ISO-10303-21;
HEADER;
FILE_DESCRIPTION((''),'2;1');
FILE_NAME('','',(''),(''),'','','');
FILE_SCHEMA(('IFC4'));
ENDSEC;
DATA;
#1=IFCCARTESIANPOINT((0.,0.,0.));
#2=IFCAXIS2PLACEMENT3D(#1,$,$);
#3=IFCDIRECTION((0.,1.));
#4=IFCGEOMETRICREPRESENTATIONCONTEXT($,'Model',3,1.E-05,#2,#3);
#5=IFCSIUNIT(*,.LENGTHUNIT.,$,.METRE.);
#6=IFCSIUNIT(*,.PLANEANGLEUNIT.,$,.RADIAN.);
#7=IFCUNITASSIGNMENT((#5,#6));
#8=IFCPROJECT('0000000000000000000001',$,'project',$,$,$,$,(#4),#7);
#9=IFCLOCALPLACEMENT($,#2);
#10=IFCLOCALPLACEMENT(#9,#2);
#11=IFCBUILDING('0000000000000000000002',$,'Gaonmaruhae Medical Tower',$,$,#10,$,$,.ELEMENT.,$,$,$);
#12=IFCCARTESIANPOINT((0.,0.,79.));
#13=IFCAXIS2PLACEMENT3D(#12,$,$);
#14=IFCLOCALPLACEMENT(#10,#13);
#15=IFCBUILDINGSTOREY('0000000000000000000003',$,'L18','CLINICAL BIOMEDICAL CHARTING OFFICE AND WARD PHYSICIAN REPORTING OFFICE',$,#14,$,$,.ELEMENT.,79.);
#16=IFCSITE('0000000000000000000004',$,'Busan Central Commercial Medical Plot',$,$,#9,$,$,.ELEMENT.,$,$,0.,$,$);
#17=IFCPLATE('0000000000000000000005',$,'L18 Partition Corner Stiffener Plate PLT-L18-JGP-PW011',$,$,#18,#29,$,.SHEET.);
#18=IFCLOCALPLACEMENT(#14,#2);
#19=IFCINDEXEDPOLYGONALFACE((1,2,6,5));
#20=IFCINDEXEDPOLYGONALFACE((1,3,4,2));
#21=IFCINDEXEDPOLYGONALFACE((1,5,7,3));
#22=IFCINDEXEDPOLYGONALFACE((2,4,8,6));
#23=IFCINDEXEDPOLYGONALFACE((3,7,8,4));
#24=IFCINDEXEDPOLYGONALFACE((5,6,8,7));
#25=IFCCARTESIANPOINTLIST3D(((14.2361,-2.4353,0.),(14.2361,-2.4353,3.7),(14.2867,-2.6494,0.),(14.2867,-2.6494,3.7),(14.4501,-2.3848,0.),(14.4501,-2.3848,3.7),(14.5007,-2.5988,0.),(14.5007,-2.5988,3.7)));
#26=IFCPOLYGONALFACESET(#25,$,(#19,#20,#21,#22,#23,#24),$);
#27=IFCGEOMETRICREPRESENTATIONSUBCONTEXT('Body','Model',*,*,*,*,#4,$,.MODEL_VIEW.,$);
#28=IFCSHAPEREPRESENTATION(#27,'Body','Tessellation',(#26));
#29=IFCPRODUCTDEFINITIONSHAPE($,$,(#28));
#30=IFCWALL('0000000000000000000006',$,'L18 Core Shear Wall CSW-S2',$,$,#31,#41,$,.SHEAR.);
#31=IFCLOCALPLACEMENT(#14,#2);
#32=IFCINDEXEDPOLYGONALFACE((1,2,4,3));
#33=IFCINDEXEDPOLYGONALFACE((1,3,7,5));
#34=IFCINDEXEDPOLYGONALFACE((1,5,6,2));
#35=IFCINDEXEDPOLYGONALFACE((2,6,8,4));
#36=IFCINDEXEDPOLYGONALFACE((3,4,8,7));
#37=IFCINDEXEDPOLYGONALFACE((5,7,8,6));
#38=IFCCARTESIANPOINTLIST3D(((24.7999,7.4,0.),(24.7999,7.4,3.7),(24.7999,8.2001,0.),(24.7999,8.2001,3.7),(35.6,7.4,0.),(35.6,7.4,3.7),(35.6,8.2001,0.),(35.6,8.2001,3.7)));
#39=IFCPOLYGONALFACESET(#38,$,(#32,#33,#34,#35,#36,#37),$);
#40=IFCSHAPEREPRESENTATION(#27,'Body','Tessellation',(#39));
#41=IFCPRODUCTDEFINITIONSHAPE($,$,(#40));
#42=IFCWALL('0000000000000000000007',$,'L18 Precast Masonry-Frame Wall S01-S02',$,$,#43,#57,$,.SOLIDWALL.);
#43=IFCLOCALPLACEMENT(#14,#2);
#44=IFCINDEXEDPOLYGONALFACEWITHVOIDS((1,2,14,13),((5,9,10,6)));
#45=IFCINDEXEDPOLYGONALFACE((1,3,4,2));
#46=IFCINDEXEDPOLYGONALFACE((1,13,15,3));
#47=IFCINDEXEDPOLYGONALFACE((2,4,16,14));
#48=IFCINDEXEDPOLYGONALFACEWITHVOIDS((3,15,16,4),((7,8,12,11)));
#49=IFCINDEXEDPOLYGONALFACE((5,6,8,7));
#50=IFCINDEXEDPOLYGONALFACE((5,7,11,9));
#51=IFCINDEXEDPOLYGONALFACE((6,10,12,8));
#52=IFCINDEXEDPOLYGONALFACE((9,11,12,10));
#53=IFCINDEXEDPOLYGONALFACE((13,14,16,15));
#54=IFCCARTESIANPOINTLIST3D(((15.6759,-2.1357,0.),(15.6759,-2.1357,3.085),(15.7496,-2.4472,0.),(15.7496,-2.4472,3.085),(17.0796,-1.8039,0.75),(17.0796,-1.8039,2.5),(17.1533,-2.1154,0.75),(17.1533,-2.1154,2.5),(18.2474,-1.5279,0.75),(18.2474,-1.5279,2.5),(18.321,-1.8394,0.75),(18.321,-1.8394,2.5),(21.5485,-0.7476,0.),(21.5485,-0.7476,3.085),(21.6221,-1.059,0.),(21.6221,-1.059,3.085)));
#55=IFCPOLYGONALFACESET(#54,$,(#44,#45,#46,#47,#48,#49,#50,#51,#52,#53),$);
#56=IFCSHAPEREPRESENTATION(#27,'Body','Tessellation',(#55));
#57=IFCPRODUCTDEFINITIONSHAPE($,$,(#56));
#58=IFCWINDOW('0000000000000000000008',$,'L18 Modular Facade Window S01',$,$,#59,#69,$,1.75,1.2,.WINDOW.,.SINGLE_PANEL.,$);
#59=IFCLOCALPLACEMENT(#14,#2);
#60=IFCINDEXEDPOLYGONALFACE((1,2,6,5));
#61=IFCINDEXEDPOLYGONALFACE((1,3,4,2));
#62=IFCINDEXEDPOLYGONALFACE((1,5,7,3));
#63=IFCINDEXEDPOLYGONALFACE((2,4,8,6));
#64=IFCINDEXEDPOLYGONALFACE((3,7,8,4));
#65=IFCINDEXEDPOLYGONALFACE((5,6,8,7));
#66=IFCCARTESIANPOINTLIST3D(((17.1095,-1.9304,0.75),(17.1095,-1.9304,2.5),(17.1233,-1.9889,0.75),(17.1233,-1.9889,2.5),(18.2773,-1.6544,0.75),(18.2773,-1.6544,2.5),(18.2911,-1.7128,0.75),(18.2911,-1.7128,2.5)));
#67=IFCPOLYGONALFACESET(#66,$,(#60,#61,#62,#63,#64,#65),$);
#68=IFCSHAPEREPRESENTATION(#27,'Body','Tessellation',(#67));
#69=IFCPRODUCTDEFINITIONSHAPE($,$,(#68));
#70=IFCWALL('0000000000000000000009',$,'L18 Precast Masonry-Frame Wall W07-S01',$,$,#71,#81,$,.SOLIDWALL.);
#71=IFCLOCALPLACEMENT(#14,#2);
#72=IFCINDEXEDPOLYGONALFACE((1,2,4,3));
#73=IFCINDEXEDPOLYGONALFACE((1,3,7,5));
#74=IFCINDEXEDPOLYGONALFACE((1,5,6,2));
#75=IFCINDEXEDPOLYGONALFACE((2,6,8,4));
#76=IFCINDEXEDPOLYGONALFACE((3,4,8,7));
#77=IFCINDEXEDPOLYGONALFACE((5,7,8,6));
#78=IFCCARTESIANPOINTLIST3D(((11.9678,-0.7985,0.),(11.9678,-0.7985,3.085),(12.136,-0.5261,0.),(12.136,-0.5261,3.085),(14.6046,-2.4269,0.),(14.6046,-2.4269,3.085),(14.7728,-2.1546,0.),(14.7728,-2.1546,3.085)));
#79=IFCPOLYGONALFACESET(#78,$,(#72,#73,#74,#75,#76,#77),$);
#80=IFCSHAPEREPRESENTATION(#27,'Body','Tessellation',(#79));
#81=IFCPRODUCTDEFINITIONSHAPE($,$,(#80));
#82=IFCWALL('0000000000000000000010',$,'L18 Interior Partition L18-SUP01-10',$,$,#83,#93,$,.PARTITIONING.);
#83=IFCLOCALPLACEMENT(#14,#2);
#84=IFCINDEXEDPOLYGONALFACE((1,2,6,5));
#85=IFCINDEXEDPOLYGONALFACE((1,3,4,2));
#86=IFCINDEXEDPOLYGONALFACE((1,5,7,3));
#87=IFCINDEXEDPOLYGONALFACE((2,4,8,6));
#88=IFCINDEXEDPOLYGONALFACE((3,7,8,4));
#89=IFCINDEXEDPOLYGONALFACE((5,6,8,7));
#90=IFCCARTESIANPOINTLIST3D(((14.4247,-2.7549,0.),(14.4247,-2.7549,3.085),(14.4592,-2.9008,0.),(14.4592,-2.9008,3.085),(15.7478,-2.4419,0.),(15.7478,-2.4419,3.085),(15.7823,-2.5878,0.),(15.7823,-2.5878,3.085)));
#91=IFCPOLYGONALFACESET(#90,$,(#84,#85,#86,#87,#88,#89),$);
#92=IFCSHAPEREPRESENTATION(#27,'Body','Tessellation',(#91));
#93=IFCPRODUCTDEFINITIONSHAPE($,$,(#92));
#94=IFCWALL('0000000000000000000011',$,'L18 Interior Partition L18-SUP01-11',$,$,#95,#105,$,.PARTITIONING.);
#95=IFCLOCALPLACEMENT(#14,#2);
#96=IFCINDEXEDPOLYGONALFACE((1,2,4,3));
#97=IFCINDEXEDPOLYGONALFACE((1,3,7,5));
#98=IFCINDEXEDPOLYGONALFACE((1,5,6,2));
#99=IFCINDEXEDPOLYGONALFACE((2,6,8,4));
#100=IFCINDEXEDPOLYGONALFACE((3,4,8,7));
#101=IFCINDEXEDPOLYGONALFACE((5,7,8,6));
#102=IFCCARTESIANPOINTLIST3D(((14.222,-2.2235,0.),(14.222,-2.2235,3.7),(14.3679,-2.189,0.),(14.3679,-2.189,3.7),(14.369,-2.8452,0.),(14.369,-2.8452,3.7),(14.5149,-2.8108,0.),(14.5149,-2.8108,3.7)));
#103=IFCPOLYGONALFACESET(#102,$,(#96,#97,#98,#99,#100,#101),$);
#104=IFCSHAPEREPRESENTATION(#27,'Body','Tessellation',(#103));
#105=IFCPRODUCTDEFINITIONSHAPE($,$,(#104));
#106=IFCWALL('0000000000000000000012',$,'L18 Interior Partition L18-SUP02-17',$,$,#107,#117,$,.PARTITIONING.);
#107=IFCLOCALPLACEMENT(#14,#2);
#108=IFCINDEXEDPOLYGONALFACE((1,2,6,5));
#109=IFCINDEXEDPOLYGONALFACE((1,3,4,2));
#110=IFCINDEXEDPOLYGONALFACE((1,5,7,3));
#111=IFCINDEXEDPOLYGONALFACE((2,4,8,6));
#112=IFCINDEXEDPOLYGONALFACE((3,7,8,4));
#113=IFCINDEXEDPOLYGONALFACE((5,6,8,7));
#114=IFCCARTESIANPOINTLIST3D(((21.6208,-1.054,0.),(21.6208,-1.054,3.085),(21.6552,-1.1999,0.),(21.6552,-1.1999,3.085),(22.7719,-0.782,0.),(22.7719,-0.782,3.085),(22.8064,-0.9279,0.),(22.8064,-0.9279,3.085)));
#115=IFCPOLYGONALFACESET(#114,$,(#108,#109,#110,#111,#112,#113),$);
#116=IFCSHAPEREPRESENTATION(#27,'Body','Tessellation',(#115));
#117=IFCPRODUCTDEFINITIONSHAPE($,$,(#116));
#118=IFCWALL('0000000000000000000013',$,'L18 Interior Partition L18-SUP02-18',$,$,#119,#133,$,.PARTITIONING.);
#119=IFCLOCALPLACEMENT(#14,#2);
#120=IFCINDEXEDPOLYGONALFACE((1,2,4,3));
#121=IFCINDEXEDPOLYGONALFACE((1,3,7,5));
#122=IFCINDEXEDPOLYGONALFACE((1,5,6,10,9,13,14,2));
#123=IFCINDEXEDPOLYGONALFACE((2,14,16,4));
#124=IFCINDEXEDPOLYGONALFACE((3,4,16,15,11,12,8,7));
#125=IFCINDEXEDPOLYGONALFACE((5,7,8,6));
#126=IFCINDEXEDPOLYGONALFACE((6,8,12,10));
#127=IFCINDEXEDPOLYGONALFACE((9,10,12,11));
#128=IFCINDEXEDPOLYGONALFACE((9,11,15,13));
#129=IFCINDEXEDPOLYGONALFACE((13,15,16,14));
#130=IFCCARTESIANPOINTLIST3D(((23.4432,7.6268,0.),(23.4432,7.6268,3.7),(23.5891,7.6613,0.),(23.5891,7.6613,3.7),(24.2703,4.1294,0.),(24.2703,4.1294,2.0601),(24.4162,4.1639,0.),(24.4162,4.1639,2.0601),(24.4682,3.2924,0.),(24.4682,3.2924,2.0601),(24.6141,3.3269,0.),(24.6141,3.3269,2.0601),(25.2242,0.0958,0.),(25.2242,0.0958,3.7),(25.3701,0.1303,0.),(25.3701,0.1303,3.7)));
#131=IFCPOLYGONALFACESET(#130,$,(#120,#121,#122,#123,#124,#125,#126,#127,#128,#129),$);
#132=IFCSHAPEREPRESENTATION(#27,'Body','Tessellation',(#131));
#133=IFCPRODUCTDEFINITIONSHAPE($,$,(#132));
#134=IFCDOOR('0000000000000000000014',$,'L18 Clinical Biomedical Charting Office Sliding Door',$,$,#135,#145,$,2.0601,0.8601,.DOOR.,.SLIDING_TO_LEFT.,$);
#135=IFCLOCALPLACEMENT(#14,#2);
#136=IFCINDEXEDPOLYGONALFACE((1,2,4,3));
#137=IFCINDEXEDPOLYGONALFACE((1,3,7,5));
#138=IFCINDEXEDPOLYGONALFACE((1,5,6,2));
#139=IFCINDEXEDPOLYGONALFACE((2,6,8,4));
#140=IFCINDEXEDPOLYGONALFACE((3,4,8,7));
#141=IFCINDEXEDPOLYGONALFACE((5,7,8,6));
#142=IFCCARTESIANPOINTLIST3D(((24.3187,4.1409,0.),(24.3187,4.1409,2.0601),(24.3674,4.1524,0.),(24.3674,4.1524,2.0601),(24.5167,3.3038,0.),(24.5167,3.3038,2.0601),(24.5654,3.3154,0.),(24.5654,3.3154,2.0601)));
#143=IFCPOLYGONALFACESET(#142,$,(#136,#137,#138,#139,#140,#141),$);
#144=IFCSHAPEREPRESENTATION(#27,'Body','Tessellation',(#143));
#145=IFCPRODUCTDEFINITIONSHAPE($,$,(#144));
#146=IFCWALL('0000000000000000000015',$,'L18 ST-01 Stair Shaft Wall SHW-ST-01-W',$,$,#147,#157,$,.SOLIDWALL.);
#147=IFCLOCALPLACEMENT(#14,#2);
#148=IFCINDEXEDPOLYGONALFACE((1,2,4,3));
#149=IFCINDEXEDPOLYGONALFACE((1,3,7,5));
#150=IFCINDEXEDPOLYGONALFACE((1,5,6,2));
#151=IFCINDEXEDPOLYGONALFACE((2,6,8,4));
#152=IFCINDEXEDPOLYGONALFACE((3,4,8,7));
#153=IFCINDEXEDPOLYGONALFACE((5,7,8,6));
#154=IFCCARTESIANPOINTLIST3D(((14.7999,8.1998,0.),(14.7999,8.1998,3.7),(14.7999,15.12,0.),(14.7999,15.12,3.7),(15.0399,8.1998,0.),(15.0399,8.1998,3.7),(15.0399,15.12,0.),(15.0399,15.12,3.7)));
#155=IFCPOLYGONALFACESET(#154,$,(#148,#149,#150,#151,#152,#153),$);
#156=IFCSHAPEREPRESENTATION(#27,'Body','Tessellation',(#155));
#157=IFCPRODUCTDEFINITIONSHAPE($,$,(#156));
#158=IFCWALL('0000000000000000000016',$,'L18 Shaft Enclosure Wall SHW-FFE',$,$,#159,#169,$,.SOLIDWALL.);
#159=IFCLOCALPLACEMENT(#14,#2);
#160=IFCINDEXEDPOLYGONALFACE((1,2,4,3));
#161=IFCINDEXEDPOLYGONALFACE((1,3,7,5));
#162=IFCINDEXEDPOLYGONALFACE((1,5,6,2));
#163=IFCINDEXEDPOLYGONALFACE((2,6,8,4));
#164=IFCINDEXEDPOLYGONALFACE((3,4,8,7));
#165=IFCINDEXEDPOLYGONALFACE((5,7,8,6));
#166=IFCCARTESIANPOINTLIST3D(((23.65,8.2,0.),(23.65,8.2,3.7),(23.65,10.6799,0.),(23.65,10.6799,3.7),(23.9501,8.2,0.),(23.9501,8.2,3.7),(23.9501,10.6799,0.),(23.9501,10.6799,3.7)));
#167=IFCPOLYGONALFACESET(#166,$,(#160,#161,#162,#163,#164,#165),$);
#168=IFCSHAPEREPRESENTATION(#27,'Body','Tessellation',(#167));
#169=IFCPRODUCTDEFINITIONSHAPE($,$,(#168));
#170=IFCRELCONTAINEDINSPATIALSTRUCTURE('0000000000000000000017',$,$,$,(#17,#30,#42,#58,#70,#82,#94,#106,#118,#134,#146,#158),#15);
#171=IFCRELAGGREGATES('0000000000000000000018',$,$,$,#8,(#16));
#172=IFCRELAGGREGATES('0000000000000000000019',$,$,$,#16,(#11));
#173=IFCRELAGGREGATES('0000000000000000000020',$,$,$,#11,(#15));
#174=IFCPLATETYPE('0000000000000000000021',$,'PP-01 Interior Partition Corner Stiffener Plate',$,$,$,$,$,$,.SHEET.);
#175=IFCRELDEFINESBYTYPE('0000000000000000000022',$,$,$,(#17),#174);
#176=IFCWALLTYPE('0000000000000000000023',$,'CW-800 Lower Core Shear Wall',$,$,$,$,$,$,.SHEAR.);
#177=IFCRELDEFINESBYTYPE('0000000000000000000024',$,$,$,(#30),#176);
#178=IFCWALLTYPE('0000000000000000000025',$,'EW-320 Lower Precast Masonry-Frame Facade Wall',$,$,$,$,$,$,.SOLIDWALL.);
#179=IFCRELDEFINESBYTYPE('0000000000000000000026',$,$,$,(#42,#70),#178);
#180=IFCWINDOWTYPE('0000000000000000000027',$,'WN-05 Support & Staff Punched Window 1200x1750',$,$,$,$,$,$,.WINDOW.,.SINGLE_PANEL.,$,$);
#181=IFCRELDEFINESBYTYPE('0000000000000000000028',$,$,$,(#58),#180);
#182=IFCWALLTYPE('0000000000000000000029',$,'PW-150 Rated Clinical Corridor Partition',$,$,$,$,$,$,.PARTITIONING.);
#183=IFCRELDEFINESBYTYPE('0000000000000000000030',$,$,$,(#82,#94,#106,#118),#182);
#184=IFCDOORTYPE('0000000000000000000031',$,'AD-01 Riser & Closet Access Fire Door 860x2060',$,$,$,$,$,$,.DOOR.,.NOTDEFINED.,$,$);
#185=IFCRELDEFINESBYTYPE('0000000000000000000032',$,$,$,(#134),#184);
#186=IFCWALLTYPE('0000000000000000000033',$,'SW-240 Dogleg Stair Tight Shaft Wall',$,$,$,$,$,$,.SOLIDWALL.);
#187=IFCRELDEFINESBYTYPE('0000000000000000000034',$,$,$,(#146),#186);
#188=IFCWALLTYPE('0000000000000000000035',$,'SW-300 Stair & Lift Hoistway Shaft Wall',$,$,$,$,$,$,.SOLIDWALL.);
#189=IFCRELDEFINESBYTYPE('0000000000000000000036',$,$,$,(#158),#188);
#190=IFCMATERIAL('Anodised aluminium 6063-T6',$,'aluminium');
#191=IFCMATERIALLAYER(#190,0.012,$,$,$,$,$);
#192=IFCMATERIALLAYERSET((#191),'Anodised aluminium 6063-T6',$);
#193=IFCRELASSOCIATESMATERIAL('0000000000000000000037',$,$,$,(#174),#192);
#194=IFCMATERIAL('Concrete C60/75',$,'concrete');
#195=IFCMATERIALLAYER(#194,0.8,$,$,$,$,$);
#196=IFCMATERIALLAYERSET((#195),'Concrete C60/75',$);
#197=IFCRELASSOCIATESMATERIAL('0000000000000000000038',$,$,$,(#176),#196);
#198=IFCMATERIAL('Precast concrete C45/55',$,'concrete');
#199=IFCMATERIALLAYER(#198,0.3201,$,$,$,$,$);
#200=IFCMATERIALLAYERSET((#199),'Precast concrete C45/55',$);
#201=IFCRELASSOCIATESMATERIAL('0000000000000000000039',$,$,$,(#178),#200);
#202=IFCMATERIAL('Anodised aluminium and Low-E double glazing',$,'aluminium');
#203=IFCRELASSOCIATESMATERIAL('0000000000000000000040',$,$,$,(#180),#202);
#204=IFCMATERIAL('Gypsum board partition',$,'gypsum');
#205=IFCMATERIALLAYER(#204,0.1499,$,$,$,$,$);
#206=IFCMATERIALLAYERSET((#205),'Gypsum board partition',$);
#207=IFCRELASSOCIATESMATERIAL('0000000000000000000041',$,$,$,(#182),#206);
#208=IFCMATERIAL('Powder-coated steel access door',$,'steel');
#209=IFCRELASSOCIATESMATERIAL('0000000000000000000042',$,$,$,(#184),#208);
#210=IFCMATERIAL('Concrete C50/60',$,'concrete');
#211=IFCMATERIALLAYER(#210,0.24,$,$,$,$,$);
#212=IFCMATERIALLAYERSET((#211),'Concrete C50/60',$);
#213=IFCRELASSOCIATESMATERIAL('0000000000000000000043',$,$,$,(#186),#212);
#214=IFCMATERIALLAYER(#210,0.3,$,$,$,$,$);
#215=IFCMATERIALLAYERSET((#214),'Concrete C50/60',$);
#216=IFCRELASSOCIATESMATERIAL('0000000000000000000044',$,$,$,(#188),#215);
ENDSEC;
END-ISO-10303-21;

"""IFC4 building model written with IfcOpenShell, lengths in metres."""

from ifc_helpers import new_model, si_unit, direction, frame, frame_2d, origin, origin_2d, place, context, subcontext, project, spatial, rectangle, extrude, material, layer, layer_set, type_object, element, fill, save


model = new_model("IFC4")

# Units and contexts
model_context = context("Model", 3, precision=1e-05, world=origin(), true_north=direction((0.0, 1.0)))
body_context = subcontext(model_context, "Body", "Model", "MODEL_VIEW")
ifc_project = project(units=[si_unit("LENGTHUNIT", "METRE"), si_unit("PLANEANGLEUNIT", "RADIAN")], contexts=[model_context])

# Site, building, storey
site_placement = place(None, origin())
site = spatial("IfcSite", under=ifc_project, at=site_placement, Name="Busan Central Commercial Medical Plot", CompositionType="ELEMENT", RefElevation=0.0)
building_placement = place(site_placement, origin())
building = spatial("IfcBuilding", under=site, at=building_placement, Name="Gaonmaruhae Medical Tower", CompositionType="ELEMENT")
storey_placement = place(building_placement, frame((0.0, 0.0, 79.0)))
storey = spatial("IfcBuildingStorey", under=building, at=storey_placement, Name="L18", Description="CLINICAL BIOMEDICAL CHARTING OFFICE AND WARD PHYSICIAN REPORTING OFFICE", CompositionType="ELEMENT", Elevation=79.0)

# Shared definitions
ifc_material_1 = material(Name="Concrete C60/75", Category="concrete")

# Plate
ifc_material_2 = material(Name="Anodised aluminium 6063-T6", Category="aluminium")
ifc_layer_1 = layer(ifc_material_2, 0.012)
ifc_layer_set_1 = layer_set([ifc_layer_1], Name="Anodised aluminium 6063-T6")
plate_type = type_object("IfcPlateType", Name="PP-01 Interior Partition Corner Stiffener Plate", PredefinedType="SHEET", material=ifc_layer_set_1)
plate_placement = place(storey_placement, frame((14.3684, -2.5171, 0.0), z_axis=(0.0, 0.0, 1.0), x_axis=(-0.229999, 0.973191, 0.0)))
element("IfcPlate", 1, at=plate_placement, inside=storey, type_object=plate_type, Name="L18 Partition Corner Stiffener Plate PLT-L18-JGP-PW011", PredefinedType="SHEET", context=body_context, shape_type="SweptSolid", body=[
    extrude(rectangle(XDim=0.22, YDim=0.22, at=origin_2d()), origin(), (0.0, 0.0, 1.0), 3.7),
])

# Wall
ifc_layer_2 = layer(ifc_material_1, 0.8)
ifc_layer_set_2 = layer_set([ifc_layer_2], Name="Concrete C60/75")
wall_type_1 = type_object("IfcWallType", Name="CW-800 Lower Core Shear Wall", PredefinedType="SHEAR", material=ifc_layer_set_2)
wall_1_placement = place(storey_placement, frame((24.8, 7.8, 0.0), z_axis=(0.0, 0.0, 1.0), x_axis=(1.0, 0.0, 0.0)))
element("IfcWall", 2, at=wall_1_placement, inside=storey, type_object=wall_type_1, Name="L18 Core Shear Wall CSW-S2", PredefinedType="SHEAR", context=body_context, shape_type="SweptSolid", body=[
    extrude(rectangle(XDim=10.8, YDim=0.8, at=frame_2d((5.3999, 0.0))), origin(), (0.0, 0.0, 1.0), 3.7),
])

# Wall, opening, window
ifc_material_3 = material(Name="Precast concrete C45/55", Category="concrete")
ifc_layer_3 = layer(ifc_material_3, 0.3201)
ifc_layer_set_3 = layer_set([ifc_layer_3], Name="Precast concrete C45/55")
wall_type_2 = type_object("IfcWallType", Name="EW-320 Lower Precast Masonry-Frame Facade Wall", PredefinedType="SOLIDWALL", material=ifc_layer_set_3)
wall_2_placement = place(storey_placement, frame((21.5852, -0.9033, 0.0), z_axis=(0.0, 0.0, 1.0), x_axis=(-0.97318, -0.230045, 0.0)))
wall_2 = element("IfcWall", 3, at=wall_2_placement, inside=storey, type_object=wall_type_2, Name="L18 Precast Masonry-Frame Wall S01-S02", PredefinedType="SOLIDWALL", context=body_context, shape_type="SweptSolid", body=[
    extrude(rectangle(XDim=6.0344, YDim=0.3201, at=frame_2d((3.0171, 0.0))), origin(), (0.0, 0.0, 1.0), 3.085),
])
opening_1_placement = place(wall_2_placement, frame((3.3918, 0.0, 0.75)))
opening_1 = element("IfcOpeningElement", 4, at=opening_1_placement, cuts=wall_2, PredefinedType="OPENING", context=body_context, shape_type="SweptSolid", body=[
    extrude(rectangle(XDim=1.2, YDim=1.75, at=frame_2d((0.6001, 0.875))), frame((0.0, 0.1699, 0.0), z_axis=(0.0, -1.0, 0.0), x_axis=(1.0, 0.0, 0.0)), (0.0, 0.0, 1.0), 0.3401),
])
ifc_material_4 = material(Name="Anodised aluminium and Low-E double glazing", Category="aluminium")
window_type = type_object("IfcWindowType", Name="WN-05 Support & Staff Punched Window 1200x1750", PartitioningType="SINGLE_PANEL", PredefinedType="WINDOW", material=ifc_material_4)
window_placement = place(opening_1_placement, origin())
window = element("IfcWindow", 5, at=window_placement, inside=storey, type_object=window_type, Name="L18 Modular Facade Window S01", OverallHeight=1.75, OverallWidth=1.2, PartitioningType="SINGLE_PANEL", PredefinedType="WINDOW", context=body_context, shape_type="SweptSolid", body=[
    extrude(rectangle(XDim=1.2, YDim=1.75, at=frame_2d((0.6001, 0.875))), frame((0.0, 0.03, 0.0), z_axis=(0.0, -1.0, 0.0), x_axis=(1.0, 0.0, 0.0)), (0.0, 0.0, 1.0), 0.0601),
])
fill(opening_1, window)

# Walls
wall_3_placement = place(storey_placement, frame((14.6887, -2.2908, 0.0), z_axis=(0.0, 0.0, 1.0), x_axis=(-0.850819, 0.525459, 0.0)))
element("IfcWall", 6, at=wall_3_placement, inside=storey, type_object=wall_type_2, Name="L18 Precast Masonry-Frame Wall W07-S01", PredefinedType="SOLIDWALL", context=body_context, shape_type="SweptSolid", body=[
    extrude(rectangle(XDim=3.0991, YDim=0.3201, at=frame_2d((1.5496, 0.0))), origin(), (0.0, 0.0, 1.0), 3.085),
])
ifc_material_5 = material(Name="Gypsum board partition", Category="gypsum")
ifc_layer_4 = layer(ifc_material_5, 0.1499)
ifc_layer_set_4 = layer_set([ifc_layer_4], Name="Gypsum board partition")
wall_type_3 = type_object("IfcWallType", Name="PW-150 Rated Clinical Corridor Partition", PredefinedType="PARTITIONING", material=ifc_layer_set_4)
wall_4_placement = place(storey_placement, frame((15.7649, -2.5149, 0.0), z_axis=(0.0, 0.0, 1.0), x_axis=(-0.973139, -0.23022, 0.0)))
element("IfcWall", 7, at=wall_4_placement, inside=storey, type_object=wall_type_3, Name="L18 Interior Partition L18-SUP01-10", PredefinedType="PARTITIONING", context=body_context, shape_type="SweptSolid", body=[
    extrude(rectangle(XDim=1.3596, YDim=0.1499, at=frame_2d((0.6797, 0.0))), origin(), (0.0, 0.0, 1.0), 3.085),
])
wall_5_placement = place(storey_placement, frame((14.4419, -2.8279, 0.0), z_axis=(0.0, 0.0, 1.0), x_axis=(-0.230019, 0.973186, 0.0)))
element("IfcWall", 8, at=wall_5_placement, inside=storey, type_object=wall_type_3, Name="L18 Interior Partition L18-SUP01-11", PredefinedType="PARTITIONING", context=body_context, shape_type="SweptSolid", body=[
    extrude(rectangle(XDim=0.6389, YDim=0.1499, at=frame_2d((0.3193, 0.0))), origin(), (0.0, 0.0, 1.0), 3.7),
])
wall_6_placement = place(storey_placement, frame((22.7891, -0.855, 0.0), z_axis=(0.0, 0.0, 1.0), x_axis=(-0.973206, -0.229937, 0.0)))
element("IfcWall", 9, at=wall_6_placement, inside=storey, type_object=wall_type_3, Name="L18 Interior Partition L18-SUP02-17", PredefinedType="PARTITIONING", context=body_context, shape_type="SweptSolid", body=[
    extrude(rectangle(XDim=1.1829, YDim=0.1499, at=frame_2d((0.5913, 0.0))), origin(), (0.0, 0.0, 1.0), 3.085),
])

# Wall, opening, door
wall_7_placement = place(storey_placement, frame((23.5161, 7.644, 0.0), z_axis=(0.0, 0.0, 1.0), x_axis=(0.230142, -0.973157, 0.0)))
wall_7 = element("IfcWall", 10, at=wall_7_placement, inside=storey, type_object=wall_type_3, Name="L18 Interior Partition L18-SUP02-18", PredefinedType="PARTITIONING", context=body_context, shape_type="SweptSolid", body=[
    extrude(rectangle(XDim=7.7388, YDim=0.1499, at=frame_2d((3.8694, 0.0))), origin(), (0.0, 0.0, 1.0), 3.7),
])
opening_2_placement = place(wall_7_placement, frame((3.5938, 0.0, 0.0)))
opening_2 = element("IfcOpeningElement", 11, at=opening_2_placement, cuts=wall_7, PredefinedType="OPENING", context=body_context, shape_type="SweptSolid", body=[
    extrude(rectangle(XDim=0.8601, YDim=2.0601, at=frame_2d((0.4302, 1.03))), frame((0.0, 0.085, 0.0), z_axis=(0.0, -1.0, 0.0), x_axis=(1.0, 0.0, 0.0)), (0.0, 0.0, 1.0), 0.1699),
])
ifc_material_6 = material(Name="Powder-coated steel access door", Category="steel")
door_type = type_object("IfcDoorType", Name="AD-01 Riser & Closet Access Fire Door 860x2060", OperationType="NOTDEFINED", PredefinedType="DOOR", material=ifc_material_6)
door_placement = place(opening_2_placement, origin())
door = element("IfcDoor", 12, at=door_placement, inside=storey, type_object=door_type, Name="L18 Clinical Biomedical Charting Office Sliding Door", OperationType="SLIDING_TO_LEFT", OverallHeight=2.0601, OverallWidth=0.8601, PredefinedType="DOOR", context=body_context, shape_type="SweptSolid", body=[
    extrude(rectangle(XDim=0.8601, YDim=2.0601, at=frame_2d((0.4302, 1.03))), frame((0.0, 0.0249, 0.0), z_axis=(0.0, -1.0, 0.0), x_axis=(1.0, 0.0, 0.0)), (0.0, 0.0, 1.0), 0.05),
])
fill(opening_2, door)

# Walls
ifc_material_7 = material(Name="Concrete C50/60", Category="concrete")
ifc_layer_5 = layer(ifc_material_7, 0.24)
ifc_layer_set_5 = layer_set([ifc_layer_5], Name="Concrete C50/60")
wall_type_4 = type_object("IfcWallType", Name="SW-240 Dogleg Stair Tight Shaft Wall", PredefinedType="SOLIDWALL", material=ifc_layer_set_5)
wall_8_placement = place(storey_placement, frame((14.9199, 8.2, 0.0), z_axis=(0.0, 0.0, 1.0), x_axis=(0.0, 1.0, 0.0)))
element("IfcWall", 13, at=wall_8_placement, inside=storey, type_object=wall_type_4, Name="L18 ST-01 Stair Shaft Wall SHW-ST-01-W", PredefinedType="SOLIDWALL", context=body_context, shape_type="SweptSolid", body=[
    extrude(rectangle(XDim=6.9202, YDim=0.24, at=frame_2d((3.46, 0.0))), origin(), (0.0, 0.0, 1.0), 3.7),
])
ifc_layer_6 = layer(ifc_material_7, 0.3)
ifc_layer_set_6 = layer_set([ifc_layer_6], Name="Concrete C50/60")
wall_type_5 = type_object("IfcWallType", Name="SW-300 Stair & Lift Hoistway Shaft Wall", PredefinedType="SOLIDWALL", material=ifc_layer_set_6)
wall_9_placement = place(storey_placement, frame((23.8, 8.2, 0.0), z_axis=(0.0, 0.0, 1.0), x_axis=(0.0, 1.0, 0.0)))
element("IfcWall", 14, at=wall_9_placement, inside=storey, type_object=wall_type_5, Name="L18 Shaft Enclosure Wall SHW-FFE", PredefinedType="SOLIDWALL", context=body_context, shape_type="SweptSolid", body=[
    extrude(rectangle(XDim=2.48, YDim=0.3, at=frame_2d((1.24, 0.0))), origin(), (0.0, 0.0, 1.0), 3.7),
])

save(model, "model.ifc")
